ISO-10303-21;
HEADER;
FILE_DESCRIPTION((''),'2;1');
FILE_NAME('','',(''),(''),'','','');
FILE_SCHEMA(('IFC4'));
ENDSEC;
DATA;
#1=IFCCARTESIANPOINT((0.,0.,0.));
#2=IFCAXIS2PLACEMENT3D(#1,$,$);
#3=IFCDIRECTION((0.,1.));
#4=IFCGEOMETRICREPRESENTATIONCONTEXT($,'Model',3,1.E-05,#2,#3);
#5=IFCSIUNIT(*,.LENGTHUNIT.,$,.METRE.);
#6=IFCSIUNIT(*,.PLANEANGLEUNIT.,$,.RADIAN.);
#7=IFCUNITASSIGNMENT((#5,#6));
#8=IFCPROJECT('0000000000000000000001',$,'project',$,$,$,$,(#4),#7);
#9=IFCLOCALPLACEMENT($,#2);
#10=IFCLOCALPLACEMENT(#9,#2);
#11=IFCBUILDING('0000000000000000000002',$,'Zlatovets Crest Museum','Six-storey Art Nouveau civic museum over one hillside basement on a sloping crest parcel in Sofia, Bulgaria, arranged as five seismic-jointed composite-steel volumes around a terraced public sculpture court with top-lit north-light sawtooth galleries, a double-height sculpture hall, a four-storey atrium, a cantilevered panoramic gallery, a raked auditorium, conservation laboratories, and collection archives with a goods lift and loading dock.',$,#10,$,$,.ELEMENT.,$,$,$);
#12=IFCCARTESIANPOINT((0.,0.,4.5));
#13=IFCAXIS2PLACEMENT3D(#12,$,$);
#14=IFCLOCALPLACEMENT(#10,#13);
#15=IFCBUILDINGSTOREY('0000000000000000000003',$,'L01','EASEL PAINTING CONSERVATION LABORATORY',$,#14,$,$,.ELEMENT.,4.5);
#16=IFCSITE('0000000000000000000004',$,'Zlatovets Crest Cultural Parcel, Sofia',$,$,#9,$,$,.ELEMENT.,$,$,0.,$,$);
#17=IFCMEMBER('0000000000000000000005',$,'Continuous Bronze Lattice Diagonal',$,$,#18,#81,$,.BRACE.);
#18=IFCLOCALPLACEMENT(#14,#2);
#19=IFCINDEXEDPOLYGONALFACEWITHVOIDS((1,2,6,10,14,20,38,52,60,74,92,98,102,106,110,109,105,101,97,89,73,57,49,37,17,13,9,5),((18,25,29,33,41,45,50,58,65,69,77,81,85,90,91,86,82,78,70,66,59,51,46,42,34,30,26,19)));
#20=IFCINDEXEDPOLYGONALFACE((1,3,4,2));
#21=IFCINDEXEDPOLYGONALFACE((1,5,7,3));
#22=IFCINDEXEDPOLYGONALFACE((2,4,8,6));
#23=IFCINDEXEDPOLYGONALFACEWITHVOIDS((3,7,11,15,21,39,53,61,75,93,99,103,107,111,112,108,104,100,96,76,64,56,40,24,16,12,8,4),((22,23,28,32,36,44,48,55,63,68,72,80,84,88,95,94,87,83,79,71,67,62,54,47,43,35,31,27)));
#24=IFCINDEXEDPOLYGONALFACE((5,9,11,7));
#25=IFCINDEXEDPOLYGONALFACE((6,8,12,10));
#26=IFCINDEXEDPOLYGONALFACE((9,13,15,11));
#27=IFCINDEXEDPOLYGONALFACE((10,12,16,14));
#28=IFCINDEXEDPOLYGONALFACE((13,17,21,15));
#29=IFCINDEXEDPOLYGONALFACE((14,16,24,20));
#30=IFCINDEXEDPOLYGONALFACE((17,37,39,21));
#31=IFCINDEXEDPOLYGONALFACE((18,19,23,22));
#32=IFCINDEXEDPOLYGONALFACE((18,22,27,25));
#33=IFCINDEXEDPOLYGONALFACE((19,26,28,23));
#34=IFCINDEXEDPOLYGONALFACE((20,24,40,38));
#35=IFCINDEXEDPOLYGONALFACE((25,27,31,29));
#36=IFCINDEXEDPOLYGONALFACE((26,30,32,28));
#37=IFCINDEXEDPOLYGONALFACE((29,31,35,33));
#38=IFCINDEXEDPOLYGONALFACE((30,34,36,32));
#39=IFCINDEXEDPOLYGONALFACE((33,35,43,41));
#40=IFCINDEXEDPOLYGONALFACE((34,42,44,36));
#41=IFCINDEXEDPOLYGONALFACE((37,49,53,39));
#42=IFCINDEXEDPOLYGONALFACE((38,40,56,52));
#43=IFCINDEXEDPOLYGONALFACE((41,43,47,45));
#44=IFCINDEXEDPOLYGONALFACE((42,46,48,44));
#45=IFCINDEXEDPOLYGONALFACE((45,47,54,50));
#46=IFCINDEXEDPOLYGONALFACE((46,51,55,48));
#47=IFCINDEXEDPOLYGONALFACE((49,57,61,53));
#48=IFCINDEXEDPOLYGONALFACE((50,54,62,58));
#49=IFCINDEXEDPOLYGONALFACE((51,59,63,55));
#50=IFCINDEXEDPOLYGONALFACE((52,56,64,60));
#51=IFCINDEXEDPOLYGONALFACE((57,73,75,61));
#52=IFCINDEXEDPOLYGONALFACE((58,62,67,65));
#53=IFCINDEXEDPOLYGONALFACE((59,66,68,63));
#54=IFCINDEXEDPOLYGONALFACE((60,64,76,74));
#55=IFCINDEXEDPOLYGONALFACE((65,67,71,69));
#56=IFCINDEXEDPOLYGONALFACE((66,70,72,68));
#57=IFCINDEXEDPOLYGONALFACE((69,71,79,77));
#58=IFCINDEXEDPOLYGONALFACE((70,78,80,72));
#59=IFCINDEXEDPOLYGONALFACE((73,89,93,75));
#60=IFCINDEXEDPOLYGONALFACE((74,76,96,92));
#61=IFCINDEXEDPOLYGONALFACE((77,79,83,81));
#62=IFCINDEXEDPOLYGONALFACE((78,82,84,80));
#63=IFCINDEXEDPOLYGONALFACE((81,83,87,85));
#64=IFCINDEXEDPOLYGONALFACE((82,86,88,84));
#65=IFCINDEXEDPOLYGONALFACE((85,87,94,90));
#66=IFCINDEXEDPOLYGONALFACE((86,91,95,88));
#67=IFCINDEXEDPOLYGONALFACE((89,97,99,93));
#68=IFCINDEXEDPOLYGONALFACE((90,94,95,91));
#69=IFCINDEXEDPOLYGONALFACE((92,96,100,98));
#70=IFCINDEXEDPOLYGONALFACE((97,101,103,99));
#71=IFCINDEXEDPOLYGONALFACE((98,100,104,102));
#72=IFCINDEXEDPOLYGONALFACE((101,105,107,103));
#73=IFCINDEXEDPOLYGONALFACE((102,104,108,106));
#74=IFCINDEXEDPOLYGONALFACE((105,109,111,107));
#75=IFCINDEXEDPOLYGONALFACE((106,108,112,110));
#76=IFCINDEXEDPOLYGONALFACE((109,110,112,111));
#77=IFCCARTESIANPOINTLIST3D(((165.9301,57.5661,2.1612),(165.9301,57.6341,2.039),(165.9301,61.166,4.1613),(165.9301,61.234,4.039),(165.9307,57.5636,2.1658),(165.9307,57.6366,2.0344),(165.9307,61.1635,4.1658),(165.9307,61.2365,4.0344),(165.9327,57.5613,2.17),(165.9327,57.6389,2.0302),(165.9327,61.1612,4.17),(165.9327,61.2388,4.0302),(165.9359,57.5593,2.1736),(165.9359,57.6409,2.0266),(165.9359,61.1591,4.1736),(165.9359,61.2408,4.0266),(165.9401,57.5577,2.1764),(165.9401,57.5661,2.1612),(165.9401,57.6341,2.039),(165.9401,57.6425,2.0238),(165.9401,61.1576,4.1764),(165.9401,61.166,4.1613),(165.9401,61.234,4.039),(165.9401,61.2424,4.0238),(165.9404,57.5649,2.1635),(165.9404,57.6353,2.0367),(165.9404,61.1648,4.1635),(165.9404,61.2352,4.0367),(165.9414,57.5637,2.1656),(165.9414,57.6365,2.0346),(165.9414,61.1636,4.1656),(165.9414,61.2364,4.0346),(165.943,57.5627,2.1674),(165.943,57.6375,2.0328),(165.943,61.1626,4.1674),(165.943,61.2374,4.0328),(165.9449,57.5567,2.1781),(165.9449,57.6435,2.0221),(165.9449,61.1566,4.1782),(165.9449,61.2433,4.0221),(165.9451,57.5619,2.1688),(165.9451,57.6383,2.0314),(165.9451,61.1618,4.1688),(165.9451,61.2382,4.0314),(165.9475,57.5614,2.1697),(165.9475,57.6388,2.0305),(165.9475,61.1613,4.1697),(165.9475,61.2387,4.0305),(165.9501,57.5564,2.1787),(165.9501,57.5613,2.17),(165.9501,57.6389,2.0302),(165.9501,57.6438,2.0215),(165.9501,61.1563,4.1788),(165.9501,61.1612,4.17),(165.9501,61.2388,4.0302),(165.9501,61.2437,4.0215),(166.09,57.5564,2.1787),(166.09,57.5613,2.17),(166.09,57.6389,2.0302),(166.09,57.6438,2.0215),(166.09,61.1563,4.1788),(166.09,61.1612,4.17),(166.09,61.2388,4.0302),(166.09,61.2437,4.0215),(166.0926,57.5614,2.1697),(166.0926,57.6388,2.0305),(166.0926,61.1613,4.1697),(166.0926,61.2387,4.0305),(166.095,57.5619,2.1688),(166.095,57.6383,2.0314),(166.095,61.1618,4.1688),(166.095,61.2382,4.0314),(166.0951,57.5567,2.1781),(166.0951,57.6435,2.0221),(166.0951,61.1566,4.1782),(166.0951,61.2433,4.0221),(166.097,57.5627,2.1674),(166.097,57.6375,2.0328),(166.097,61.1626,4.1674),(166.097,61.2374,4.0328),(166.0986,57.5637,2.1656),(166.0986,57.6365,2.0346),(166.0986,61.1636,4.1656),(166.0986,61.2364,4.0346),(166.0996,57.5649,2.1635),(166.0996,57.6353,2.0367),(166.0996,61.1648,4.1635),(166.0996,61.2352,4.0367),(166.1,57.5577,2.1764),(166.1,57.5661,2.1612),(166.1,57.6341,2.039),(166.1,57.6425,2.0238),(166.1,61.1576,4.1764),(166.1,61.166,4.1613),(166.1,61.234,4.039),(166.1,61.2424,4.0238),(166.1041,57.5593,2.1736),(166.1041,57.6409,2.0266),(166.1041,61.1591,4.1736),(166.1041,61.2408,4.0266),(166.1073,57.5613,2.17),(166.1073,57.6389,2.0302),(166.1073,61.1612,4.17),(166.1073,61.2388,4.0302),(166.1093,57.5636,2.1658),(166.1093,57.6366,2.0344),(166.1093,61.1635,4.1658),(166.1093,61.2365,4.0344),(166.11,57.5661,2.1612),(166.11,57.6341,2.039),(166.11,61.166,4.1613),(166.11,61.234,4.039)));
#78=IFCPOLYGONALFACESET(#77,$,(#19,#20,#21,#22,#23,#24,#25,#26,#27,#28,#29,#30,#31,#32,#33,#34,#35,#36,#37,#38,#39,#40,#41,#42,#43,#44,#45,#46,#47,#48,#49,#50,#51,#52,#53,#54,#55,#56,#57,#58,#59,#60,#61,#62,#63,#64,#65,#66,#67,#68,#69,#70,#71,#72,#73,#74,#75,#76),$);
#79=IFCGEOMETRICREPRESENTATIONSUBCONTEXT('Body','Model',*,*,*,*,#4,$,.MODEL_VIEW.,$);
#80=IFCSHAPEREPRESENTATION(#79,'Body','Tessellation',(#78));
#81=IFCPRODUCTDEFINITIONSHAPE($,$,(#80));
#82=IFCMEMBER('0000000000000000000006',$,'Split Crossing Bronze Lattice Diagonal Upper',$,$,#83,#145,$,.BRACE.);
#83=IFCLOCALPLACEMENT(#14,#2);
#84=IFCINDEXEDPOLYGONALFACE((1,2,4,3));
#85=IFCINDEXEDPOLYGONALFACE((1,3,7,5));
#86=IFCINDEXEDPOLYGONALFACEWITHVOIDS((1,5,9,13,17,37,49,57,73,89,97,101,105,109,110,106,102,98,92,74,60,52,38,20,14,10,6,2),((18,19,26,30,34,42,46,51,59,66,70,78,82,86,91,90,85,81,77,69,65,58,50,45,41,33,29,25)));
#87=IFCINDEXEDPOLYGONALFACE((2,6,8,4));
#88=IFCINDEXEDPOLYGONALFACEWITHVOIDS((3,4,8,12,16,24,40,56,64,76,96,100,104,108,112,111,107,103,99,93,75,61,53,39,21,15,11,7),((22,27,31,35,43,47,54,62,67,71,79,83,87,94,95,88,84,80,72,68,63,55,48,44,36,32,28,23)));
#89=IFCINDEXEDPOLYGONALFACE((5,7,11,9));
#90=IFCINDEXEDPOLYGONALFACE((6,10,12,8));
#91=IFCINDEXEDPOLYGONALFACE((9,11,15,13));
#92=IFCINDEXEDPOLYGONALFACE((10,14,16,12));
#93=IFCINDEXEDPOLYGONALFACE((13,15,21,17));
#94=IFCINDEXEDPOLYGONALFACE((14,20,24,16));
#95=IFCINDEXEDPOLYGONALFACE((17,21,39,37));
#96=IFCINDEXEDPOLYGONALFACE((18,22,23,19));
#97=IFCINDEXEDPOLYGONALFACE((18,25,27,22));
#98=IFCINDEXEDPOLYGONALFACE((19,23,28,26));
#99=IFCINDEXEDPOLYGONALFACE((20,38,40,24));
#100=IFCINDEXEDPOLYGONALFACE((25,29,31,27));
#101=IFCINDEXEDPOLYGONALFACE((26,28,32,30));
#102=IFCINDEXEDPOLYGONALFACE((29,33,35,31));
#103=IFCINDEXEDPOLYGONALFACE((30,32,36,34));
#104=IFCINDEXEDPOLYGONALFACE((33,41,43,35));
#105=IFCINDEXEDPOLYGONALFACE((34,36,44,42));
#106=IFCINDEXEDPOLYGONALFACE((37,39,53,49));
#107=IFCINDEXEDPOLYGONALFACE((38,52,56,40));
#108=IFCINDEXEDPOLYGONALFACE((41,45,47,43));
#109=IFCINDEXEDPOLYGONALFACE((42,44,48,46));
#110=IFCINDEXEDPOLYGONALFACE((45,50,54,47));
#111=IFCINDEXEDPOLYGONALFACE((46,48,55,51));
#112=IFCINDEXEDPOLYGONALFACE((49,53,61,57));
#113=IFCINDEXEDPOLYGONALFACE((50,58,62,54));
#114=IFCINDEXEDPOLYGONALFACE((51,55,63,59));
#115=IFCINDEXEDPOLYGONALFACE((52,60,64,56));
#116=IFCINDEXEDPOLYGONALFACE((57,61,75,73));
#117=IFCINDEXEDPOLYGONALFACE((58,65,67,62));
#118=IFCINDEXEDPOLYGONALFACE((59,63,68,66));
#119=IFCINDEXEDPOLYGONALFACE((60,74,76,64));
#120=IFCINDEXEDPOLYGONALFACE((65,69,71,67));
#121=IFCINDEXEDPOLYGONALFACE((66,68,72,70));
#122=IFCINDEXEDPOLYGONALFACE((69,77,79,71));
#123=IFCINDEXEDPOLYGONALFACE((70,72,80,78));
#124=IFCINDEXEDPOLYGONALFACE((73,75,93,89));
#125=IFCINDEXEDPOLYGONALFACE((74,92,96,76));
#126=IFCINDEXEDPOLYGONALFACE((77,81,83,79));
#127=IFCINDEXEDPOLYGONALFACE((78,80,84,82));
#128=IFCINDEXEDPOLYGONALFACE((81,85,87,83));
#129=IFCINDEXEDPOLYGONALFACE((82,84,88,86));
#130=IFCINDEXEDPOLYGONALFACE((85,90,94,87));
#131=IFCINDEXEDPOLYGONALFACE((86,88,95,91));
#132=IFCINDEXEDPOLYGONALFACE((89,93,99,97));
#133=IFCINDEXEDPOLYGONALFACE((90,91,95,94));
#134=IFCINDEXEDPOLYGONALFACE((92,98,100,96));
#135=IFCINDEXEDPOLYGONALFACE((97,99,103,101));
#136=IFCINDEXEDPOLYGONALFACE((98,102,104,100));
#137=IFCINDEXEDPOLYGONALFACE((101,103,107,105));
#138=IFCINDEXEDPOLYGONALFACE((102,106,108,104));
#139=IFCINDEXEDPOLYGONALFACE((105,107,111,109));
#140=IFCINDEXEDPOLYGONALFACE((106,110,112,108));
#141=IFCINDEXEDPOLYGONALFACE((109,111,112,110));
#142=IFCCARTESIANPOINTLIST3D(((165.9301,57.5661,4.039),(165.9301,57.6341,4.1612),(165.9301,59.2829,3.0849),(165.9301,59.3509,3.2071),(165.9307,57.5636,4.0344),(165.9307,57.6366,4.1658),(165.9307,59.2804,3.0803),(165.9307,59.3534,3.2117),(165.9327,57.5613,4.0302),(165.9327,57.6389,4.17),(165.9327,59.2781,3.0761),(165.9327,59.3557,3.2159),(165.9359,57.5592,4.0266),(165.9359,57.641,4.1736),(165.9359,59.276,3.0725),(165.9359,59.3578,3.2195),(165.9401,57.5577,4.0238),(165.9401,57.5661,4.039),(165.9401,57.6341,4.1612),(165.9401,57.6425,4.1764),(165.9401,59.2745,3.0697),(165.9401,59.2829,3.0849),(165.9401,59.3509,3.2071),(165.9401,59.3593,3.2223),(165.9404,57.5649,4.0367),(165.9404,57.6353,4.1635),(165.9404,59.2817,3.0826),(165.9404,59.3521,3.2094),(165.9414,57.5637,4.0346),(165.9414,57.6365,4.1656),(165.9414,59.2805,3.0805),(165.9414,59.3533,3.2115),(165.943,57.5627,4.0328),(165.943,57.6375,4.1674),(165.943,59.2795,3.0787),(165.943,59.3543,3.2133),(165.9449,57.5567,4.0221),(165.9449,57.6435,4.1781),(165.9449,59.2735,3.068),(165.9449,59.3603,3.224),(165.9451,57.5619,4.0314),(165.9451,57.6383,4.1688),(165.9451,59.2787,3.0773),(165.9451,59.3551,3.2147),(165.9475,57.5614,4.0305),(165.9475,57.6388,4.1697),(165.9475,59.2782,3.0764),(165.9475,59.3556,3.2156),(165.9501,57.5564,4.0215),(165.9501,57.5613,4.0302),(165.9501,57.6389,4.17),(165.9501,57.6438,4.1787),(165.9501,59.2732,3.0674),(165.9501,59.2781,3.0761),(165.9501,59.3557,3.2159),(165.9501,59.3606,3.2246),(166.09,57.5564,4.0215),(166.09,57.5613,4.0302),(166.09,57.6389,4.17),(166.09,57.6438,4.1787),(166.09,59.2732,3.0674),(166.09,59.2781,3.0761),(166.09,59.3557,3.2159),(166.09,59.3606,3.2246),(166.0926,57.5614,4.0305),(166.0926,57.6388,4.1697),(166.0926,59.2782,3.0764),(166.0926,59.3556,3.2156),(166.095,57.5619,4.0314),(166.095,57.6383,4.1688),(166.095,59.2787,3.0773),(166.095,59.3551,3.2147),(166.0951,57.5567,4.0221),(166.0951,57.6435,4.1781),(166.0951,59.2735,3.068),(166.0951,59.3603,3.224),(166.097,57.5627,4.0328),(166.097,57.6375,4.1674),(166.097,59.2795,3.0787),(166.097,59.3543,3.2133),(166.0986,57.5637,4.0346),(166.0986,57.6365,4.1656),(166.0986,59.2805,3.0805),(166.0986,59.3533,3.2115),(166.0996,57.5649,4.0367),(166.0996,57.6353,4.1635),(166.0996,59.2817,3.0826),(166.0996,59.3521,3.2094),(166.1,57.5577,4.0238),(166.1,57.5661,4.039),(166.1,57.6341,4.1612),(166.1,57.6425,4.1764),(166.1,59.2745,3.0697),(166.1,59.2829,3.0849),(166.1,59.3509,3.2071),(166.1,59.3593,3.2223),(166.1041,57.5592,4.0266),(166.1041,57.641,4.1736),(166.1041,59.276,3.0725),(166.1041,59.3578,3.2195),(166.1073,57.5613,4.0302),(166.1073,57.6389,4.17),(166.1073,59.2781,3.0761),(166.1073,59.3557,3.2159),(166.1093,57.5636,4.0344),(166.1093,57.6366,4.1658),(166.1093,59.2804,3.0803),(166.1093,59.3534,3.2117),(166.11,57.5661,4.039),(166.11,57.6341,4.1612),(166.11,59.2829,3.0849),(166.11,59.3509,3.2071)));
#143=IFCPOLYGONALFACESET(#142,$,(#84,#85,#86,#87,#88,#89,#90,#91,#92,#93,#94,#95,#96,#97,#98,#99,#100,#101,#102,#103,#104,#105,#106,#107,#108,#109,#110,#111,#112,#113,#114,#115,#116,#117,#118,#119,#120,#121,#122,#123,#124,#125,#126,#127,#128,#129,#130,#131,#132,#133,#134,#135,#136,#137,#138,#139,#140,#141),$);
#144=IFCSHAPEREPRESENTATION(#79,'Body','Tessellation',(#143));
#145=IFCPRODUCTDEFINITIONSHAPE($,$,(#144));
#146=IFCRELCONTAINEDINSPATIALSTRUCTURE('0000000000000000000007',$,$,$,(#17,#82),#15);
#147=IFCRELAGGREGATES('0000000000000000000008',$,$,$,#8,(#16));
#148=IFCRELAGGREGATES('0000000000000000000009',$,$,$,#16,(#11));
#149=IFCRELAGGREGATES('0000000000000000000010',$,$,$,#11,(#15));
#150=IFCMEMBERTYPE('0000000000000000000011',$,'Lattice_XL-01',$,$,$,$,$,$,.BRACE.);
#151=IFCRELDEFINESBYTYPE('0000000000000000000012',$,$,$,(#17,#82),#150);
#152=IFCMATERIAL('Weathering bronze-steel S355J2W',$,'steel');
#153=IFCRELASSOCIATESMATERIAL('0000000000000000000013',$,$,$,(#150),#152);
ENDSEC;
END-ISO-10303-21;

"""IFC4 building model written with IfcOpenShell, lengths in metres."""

from ifc_helpers import new_model, si_unit, direction, frame, origin, origin_2d, place, context, subcontext, project, spatial, hollow_rectangle, extrude, material, material_profile, profile_set, type_object, element, save


model = new_model("IFC4")

# Units and contexts
model_context = context("Model", 3, precision=1e-05, world=origin(), true_north=direction((0.0, 1.0)))
body_context = subcontext(model_context, "Body", "Model", "MODEL_VIEW")
ifc_project = project(units=[si_unit("LENGTHUNIT", "METRE"), si_unit("PLANEANGLEUNIT", "RADIAN")], contexts=[model_context])

# Site, building, storey
site_placement = place(None, origin())
site = spatial("IfcSite", under=ifc_project, at=site_placement, Name="Zlatovets Crest Cultural Parcel, Sofia", CompositionType="ELEMENT", RefElevation=0.0)
building_placement = place(site_placement, origin())
building = spatial("IfcBuilding", under=site, at=building_placement, Name="Zlatovets Crest Museum", Description="Six-storey Art Nouveau civic museum over one hillside basement on a sloping crest parcel in Sofia, Bulgaria, arranged as five seismic-jointed composite-steel volumes around a terraced public sculpture court with top-lit north-light sawtooth galleries, a double-height sculpture hall, a four-storey atrium, a cantilevered panoramic gallery, a raked auditorium, conservation laboratories, and collection archives with a goods lift and loading dock.", CompositionType="ELEMENT")
storey_placement = place(building_placement, frame((0.0, 0.0, 4.5)))
storey = spatial("IfcBuildingStorey", under=building, at=storey_placement, Name="L01", Description="EASEL PAINTING CONSERVATION LABORATORY", CompositionType="ELEMENT", Elevation=4.5)

# Members
ifc_material_1 = material(Name="Weathering bronze-steel S355J2W", Category="steel")
ifc_material_profile_1 = material_profile(ifc_material_1, hollow_rectangle(XDim=0.1799, YDim=0.1799, WallThickness=0.01, InnerFilletRadius=0.01, OuterFilletRadius=0.02, at=origin_2d()), Name="SHS 180x180x10.0")
ifc_profile_set_1 = profile_set([ifc_material_profile_1], Name="Weathering bronze-steel S355J2W")
member_type_1 = type_object("IfcMemberType", Name="Lattice_XL-01", PredefinedType="BRACE", material=ifc_profile_set_1)
member_1_placement = place(storey_placement, frame((166.02, 57.6001, 2.1001), z_axis=(0.0, 0.874149, 0.485658), x_axis=(-1.0, 0.0, 0.0)))
element("IfcMember", 1, at=member_1_placement, inside=storey, type_object=member_type_1, Name="Continuous Bronze Lattice Diagonal", PredefinedType="BRACE", context=body_context, shape_type="SweptSolid", body=[
    extrude(hollow_rectangle(XDim=0.1799, YDim=0.1799, WallThickness=0.01, InnerFilletRadius=0.01, OuterFilletRadius=0.02, at=origin_2d()), origin(), (0.0, 0.0, 1.0), 4.1182),
])
for number, where, z_axis, x_axis, name in (
    (2, (166.02, 57.6001, 4.1001), (0.0, 0.874087, -0.48577), (-1.0, 0.0, 0.0), "Split Crossing Bronze Lattice Diagonal Upper"),
):
    element("IfcMember", number, at=place(storey_placement, frame(where, z_axis=z_axis, x_axis=x_axis)), inside=storey, type_object=member_type_1, Name=name, PredefinedType="BRACE", context=body_context, shape_type="SweptSolid", body=[
        extrude(hollow_rectangle(XDim=0.1799, YDim=0.1799, WallThickness=0.01, InnerFilletRadius=0.01, OuterFilletRadius=0.02, at=origin_2d()), origin(), (0.0, 0.0, 1.0), 1.9641),
    ])

save(model, "model.ifc")
